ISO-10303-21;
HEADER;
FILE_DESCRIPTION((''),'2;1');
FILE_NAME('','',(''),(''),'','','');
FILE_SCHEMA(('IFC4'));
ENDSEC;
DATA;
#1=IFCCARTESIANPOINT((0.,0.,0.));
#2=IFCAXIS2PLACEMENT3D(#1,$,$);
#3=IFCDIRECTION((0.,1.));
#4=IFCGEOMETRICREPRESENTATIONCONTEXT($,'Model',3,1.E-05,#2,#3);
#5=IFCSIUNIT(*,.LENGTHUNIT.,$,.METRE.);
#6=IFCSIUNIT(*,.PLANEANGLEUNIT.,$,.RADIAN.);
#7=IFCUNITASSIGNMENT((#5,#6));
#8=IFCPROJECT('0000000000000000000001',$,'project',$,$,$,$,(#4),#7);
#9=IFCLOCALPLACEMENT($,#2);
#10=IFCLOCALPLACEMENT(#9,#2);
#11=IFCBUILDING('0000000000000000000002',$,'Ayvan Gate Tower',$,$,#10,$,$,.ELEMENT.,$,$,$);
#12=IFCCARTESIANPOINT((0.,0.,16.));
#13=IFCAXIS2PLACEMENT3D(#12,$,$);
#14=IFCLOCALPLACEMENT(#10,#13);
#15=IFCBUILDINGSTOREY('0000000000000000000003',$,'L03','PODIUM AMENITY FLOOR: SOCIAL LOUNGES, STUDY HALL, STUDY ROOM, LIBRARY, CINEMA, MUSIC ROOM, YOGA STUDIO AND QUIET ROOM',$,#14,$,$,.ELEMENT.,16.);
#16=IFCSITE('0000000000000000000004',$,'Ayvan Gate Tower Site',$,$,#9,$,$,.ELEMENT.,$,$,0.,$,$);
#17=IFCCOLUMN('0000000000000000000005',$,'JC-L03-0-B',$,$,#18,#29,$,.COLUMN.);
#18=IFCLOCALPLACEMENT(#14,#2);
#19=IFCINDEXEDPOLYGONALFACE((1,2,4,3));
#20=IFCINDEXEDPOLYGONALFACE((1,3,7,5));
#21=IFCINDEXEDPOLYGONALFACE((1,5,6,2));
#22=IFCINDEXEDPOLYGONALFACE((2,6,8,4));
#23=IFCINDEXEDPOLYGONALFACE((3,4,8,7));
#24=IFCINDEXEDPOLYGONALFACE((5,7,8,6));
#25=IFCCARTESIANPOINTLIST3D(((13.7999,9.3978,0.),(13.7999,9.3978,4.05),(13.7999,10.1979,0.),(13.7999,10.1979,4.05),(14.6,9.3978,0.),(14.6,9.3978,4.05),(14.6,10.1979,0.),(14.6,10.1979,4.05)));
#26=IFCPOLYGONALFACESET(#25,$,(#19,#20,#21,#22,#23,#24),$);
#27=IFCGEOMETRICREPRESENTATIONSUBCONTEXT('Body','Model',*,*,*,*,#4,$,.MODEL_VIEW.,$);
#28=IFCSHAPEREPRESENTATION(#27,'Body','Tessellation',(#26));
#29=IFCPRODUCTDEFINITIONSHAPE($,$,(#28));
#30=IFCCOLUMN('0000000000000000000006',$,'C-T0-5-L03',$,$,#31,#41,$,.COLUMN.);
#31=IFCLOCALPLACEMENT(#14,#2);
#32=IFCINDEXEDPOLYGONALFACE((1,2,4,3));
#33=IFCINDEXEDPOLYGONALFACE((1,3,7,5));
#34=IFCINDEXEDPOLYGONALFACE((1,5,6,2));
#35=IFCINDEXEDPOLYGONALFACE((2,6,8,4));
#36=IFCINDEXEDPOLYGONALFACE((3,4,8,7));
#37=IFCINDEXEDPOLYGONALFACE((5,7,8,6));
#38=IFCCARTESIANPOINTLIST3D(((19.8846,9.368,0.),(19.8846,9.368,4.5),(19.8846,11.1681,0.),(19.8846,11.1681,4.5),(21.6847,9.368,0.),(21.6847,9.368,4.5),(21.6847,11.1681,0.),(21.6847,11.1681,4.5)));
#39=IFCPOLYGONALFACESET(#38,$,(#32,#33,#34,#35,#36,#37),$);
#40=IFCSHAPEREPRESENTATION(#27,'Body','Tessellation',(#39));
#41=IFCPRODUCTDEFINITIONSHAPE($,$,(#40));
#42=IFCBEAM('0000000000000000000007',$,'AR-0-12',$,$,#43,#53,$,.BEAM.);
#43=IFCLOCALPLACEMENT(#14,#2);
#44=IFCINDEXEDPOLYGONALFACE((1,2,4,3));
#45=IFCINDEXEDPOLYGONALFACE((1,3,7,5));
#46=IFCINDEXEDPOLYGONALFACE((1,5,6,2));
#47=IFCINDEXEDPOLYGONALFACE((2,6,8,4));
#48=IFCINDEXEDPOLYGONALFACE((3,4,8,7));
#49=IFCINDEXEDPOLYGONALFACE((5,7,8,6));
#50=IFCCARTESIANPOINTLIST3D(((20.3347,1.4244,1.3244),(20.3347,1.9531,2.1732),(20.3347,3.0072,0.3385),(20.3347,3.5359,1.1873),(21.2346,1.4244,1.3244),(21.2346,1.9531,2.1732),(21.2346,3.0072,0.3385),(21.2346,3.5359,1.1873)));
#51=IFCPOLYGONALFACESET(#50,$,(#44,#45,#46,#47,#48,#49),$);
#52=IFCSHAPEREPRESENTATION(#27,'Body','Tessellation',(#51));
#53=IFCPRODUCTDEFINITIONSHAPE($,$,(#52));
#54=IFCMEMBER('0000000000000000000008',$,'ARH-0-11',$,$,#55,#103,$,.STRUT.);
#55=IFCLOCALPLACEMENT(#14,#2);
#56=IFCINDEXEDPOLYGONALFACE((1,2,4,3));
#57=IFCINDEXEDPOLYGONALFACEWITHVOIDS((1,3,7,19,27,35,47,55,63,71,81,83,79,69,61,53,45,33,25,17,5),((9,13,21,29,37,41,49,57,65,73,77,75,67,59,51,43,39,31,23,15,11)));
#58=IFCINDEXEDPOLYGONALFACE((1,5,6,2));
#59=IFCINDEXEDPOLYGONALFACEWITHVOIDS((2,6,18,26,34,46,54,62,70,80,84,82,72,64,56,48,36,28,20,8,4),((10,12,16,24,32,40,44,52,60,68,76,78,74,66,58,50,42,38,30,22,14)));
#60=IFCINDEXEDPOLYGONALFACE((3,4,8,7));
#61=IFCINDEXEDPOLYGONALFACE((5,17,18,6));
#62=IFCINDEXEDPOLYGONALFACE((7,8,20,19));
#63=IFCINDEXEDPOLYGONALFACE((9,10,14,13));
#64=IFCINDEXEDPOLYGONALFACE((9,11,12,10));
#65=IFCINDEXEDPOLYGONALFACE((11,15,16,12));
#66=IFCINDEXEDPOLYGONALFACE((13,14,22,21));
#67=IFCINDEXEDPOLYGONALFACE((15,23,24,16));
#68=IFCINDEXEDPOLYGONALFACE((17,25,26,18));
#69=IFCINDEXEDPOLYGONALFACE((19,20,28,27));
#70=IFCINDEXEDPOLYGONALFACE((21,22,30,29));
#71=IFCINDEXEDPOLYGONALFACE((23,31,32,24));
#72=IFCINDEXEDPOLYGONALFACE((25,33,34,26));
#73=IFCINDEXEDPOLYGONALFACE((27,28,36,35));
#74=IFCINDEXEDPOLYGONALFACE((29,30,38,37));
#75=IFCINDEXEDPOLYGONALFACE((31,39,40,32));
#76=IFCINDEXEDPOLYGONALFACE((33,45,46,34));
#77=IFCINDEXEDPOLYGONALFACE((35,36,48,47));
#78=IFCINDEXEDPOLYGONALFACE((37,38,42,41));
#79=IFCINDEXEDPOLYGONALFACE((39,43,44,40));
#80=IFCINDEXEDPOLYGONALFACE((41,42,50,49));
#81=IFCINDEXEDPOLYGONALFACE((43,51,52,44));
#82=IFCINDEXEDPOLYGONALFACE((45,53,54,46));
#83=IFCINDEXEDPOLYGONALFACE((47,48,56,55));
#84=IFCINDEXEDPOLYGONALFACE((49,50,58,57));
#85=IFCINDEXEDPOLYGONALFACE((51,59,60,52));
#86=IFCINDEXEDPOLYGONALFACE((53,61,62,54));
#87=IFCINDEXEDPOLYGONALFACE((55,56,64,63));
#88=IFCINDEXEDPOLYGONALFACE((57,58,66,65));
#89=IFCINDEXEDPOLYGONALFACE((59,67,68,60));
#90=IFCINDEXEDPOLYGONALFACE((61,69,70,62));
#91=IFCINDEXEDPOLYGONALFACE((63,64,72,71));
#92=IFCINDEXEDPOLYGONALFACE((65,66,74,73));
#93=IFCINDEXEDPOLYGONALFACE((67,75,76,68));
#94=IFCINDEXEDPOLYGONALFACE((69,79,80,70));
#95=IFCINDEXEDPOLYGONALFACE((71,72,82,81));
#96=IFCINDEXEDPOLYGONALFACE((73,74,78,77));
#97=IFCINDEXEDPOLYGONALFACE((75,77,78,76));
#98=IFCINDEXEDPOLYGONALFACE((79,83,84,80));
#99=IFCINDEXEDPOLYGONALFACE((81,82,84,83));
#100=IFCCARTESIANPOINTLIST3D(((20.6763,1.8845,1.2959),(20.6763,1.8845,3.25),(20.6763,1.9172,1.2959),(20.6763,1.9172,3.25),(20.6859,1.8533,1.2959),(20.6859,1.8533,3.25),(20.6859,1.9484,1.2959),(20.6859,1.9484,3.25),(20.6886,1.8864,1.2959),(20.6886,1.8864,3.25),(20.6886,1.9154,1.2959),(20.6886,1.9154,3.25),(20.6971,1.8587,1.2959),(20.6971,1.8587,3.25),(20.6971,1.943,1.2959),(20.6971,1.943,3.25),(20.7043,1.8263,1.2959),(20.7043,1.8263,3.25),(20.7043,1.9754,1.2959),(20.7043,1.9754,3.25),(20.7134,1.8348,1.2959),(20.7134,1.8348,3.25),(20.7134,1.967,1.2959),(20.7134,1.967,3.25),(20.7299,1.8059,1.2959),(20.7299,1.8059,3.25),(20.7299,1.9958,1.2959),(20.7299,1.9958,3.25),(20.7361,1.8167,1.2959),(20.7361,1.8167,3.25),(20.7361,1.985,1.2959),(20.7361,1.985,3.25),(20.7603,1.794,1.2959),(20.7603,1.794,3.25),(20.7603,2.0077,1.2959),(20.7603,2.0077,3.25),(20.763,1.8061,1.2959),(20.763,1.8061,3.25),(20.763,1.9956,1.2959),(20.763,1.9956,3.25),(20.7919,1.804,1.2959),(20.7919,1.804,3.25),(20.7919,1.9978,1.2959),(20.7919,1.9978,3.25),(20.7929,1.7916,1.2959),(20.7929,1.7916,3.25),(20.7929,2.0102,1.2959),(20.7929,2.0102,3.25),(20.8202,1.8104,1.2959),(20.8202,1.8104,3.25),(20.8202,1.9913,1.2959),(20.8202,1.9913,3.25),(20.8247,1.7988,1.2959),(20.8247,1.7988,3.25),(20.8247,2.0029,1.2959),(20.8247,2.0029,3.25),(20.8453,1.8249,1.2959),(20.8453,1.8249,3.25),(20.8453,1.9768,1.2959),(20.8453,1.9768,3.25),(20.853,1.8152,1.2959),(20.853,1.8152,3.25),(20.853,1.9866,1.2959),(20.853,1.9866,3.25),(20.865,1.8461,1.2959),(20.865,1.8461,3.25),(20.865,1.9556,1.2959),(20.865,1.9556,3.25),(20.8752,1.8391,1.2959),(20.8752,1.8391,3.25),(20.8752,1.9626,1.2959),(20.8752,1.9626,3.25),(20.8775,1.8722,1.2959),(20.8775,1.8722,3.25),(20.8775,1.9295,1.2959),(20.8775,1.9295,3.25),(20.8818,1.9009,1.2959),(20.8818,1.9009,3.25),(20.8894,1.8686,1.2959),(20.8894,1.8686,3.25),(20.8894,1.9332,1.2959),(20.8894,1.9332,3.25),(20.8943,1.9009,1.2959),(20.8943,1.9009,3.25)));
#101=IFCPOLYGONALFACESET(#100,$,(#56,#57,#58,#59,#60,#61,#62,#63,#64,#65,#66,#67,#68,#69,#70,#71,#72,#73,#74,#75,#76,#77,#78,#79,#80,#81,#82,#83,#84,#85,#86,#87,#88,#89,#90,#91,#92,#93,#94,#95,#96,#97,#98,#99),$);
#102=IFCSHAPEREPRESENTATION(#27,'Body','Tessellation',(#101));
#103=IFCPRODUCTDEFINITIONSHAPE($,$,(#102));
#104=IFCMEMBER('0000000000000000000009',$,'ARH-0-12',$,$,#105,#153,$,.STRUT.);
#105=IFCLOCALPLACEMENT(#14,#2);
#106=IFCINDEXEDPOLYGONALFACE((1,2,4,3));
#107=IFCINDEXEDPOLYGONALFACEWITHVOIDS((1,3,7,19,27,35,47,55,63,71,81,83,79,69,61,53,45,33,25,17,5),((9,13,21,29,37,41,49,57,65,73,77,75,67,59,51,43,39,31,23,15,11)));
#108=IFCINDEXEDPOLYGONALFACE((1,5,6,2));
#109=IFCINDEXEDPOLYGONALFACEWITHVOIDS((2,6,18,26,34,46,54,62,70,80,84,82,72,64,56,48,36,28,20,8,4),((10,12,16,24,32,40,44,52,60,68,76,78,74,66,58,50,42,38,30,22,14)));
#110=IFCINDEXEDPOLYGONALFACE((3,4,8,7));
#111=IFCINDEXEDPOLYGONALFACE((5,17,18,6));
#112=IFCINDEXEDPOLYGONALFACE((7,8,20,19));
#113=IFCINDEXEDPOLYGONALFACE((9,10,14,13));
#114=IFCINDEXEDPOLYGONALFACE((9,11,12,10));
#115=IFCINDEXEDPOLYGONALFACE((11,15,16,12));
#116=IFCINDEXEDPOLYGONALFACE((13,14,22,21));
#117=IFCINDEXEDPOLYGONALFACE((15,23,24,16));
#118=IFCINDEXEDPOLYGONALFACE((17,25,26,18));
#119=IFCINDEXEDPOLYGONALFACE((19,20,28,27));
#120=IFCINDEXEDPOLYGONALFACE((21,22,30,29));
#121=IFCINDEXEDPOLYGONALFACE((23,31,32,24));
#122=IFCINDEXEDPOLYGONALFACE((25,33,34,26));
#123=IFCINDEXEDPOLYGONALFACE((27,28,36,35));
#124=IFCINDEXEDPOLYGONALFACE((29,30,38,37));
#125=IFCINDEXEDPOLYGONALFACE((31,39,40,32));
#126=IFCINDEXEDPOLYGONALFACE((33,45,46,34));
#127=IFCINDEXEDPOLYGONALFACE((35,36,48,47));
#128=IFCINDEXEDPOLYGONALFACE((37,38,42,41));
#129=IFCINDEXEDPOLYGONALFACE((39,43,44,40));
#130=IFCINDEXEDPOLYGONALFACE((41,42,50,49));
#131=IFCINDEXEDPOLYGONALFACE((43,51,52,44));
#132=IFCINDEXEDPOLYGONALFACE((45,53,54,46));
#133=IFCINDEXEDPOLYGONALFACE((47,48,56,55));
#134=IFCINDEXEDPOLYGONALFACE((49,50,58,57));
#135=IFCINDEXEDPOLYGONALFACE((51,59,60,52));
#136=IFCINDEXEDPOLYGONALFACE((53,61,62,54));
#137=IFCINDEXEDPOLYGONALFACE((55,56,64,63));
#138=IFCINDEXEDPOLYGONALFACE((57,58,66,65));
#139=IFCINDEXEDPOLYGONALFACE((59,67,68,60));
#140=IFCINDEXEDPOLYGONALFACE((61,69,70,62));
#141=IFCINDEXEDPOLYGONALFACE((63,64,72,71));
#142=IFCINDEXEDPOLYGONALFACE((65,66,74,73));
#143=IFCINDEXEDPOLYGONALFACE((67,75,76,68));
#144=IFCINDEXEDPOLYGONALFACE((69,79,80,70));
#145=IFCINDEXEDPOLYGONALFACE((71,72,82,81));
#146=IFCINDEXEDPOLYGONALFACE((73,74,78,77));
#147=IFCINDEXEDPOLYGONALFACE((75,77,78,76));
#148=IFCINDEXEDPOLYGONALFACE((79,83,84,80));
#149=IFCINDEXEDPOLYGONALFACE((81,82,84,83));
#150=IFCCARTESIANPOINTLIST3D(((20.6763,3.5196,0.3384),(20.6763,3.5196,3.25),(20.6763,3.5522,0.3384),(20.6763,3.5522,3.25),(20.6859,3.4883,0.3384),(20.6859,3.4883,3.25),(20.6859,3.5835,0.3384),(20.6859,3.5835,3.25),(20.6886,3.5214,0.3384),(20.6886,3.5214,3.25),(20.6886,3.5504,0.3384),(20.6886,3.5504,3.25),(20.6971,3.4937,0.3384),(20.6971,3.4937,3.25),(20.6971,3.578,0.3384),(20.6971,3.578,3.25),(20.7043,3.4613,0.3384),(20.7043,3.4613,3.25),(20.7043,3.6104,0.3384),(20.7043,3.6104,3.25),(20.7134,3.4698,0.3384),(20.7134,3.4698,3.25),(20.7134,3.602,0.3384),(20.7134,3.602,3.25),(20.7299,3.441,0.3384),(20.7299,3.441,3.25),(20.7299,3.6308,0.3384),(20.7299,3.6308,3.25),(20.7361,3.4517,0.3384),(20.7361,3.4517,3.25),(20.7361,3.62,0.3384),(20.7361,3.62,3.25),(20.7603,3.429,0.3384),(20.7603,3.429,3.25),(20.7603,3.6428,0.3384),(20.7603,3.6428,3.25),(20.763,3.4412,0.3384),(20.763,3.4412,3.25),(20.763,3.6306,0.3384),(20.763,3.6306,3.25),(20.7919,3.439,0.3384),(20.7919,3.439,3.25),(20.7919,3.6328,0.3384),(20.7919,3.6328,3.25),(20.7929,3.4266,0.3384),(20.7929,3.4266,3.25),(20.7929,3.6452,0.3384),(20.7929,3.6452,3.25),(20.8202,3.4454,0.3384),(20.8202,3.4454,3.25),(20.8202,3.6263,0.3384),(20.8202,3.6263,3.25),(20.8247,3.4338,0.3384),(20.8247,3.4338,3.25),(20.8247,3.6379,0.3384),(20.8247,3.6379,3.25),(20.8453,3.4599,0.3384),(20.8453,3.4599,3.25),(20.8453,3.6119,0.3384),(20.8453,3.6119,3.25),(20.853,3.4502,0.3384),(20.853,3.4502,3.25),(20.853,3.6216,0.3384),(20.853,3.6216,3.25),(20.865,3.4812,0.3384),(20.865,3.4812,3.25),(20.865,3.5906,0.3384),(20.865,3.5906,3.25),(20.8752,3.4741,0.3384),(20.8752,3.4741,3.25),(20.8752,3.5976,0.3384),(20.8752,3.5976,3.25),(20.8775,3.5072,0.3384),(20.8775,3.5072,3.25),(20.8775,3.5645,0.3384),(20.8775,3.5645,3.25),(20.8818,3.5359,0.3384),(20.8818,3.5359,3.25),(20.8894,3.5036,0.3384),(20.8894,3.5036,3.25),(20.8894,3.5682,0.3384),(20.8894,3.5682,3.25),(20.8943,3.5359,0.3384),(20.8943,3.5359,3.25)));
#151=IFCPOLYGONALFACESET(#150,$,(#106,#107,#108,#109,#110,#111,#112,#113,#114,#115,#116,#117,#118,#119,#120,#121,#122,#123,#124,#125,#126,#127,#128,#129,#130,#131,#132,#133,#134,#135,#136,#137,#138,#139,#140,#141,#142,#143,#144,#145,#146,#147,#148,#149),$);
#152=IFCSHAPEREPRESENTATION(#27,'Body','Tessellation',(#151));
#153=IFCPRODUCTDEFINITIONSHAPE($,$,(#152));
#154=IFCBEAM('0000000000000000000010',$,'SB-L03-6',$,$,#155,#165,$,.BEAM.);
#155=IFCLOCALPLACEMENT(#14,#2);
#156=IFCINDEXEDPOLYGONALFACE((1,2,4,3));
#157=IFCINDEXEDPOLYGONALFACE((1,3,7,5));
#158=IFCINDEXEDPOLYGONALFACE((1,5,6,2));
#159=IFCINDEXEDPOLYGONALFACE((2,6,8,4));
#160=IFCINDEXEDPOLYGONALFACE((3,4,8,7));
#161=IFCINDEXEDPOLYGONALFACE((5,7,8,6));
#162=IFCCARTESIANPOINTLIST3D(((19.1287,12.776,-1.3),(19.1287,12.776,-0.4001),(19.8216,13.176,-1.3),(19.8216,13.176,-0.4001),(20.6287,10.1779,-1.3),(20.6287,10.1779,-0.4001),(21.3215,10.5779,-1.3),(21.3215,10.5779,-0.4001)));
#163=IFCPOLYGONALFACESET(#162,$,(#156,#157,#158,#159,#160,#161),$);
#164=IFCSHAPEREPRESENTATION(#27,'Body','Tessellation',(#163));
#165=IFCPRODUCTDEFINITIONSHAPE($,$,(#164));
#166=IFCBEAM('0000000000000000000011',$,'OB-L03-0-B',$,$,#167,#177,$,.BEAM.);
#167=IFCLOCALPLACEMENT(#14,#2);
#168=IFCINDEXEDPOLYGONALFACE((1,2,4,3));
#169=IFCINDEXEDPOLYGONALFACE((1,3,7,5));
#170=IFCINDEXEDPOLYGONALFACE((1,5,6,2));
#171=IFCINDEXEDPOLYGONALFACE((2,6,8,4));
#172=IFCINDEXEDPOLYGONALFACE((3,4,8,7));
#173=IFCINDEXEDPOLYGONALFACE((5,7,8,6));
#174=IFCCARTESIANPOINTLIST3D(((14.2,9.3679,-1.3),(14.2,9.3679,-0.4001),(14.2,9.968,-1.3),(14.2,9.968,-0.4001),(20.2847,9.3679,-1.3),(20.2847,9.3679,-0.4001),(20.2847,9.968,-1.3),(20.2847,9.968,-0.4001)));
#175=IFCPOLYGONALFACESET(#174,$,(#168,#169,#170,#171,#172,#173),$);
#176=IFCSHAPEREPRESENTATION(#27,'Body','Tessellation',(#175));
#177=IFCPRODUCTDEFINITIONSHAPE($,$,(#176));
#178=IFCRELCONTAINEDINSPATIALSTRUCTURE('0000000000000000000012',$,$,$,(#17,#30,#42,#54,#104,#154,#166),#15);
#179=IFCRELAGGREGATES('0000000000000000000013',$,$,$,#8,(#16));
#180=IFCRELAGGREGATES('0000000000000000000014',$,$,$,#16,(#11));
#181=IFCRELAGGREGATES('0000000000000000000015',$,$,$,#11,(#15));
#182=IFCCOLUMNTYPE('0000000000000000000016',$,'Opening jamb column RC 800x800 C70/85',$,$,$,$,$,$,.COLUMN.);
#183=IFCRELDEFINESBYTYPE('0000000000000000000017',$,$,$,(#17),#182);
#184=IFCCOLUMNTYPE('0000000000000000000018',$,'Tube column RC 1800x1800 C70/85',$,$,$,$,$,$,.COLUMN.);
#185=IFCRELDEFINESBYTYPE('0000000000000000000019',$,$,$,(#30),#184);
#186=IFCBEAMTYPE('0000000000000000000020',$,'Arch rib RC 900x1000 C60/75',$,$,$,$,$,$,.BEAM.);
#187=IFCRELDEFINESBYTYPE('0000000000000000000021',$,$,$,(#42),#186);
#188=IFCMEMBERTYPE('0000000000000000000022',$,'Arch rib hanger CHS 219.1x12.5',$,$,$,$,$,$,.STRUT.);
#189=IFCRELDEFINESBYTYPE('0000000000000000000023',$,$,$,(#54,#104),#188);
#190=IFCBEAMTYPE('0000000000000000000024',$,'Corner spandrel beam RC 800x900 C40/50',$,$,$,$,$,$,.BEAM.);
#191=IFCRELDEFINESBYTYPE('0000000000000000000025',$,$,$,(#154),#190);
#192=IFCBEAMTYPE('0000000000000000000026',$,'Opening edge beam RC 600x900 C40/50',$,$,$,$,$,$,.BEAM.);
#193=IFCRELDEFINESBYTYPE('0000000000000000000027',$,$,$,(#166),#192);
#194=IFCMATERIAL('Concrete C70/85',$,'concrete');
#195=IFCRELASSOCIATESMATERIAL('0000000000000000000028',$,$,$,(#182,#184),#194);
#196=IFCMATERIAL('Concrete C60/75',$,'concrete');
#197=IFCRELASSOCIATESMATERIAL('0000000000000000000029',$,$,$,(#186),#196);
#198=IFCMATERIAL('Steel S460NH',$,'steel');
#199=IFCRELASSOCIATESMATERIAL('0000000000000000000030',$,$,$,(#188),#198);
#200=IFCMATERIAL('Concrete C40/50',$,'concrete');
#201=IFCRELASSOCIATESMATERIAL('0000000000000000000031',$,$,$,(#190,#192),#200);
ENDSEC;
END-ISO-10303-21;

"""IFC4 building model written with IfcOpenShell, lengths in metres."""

from ifc_helpers import new_model, si_unit, direction, frame, origin, origin_2d, place, context, subcontext, project, spatial, rectangle, hollow_circle, extrude, material, material_profile, profile_set, type_object, element, save


model = new_model("IFC4")

# Units and contexts
model_context = context("Model", 3, precision=1e-05, world=origin(), true_north=direction((0.0, 1.0)))
body_context = subcontext(model_context, "Body", "Model", "MODEL_VIEW")
ifc_project = project(units=[si_unit("LENGTHUNIT", "METRE"), si_unit("PLANEANGLEUNIT", "RADIAN")], contexts=[model_context])

# Site, building, storey
site_placement = place(None, origin())
site = spatial("IfcSite", under=ifc_project, at=site_placement, Name="Ayvan Gate Tower Site", CompositionType="ELEMENT", RefElevation=0.0)
building_placement = place(site_placement, origin())
building = spatial("IfcBuilding", under=site, at=building_placement, Name="Ayvan Gate Tower", CompositionType="ELEMENT")
storey_placement = place(building_placement, frame((0.0, 0.0, 16.0)))
storey = spatial("IfcBuildingStorey", under=building, at=storey_placement, Name="L03", Description="PODIUM AMENITY FLOOR: SOCIAL LOUNGES, STUDY HALL, STUDY ROOM, LIBRARY, CINEMA, MUSIC ROOM, YOGA STUDIO AND QUIET ROOM", CompositionType="ELEMENT", Elevation=16.0)

# Columns
ifc_material_1 = material(Name="Concrete C70/85", Category="concrete")
ifc_material_profile_1 = material_profile(ifc_material_1, rectangle(XDim=0.8, YDim=0.8, at=origin_2d()), Name="RC 800x800")
ifc_profile_set_1 = profile_set([ifc_material_profile_1], Name="Concrete C70/85")
column_type_1 = type_object("IfcColumnType", Name="Opening jamb column RC 800x800 C70/85", PredefinedType="COLUMN", material=ifc_profile_set_1)
column_1_placement = place(storey_placement, frame((14.2, 9.7979, 0.0), z_axis=(0.0, 0.0, 1.0), x_axis=(1.0, 0.0, 0.0)))
element("IfcColumn", 1, at=column_1_placement, inside=storey, type_object=column_type_1, Name="JC-L03-0-B", PredefinedType="COLUMN", context=body_context, shape_type="SweptSolid", body=[
    extrude(rectangle(XDim=0.8, YDim=0.8, at=origin_2d()), origin(), (0.0, 0.0, 1.0), 4.05),
])
ifc_material_profile_2 = material_profile(ifc_material_1, rectangle(XDim=1.8, YDim=1.8, at=origin_2d()), Name="RC 1800x1800")
ifc_profile_set_2 = profile_set([ifc_material_profile_2], Name="Concrete C70/85")
column_type_2 = type_object("IfcColumnType", Name="Tube column RC 1800x1800 C70/85", PredefinedType="COLUMN", material=ifc_profile_set_2)
column_2_placement = place(storey_placement, frame((20.7847, 10.2681, 0.0), z_axis=(0.0, 0.0, 1.0), x_axis=(1.0, 0.0, 0.0)))
element("IfcColumn", 2, at=column_2_placement, inside=storey, type_object=column_type_2, Name="C-T0-5-L03", PredefinedType="COLUMN", context=body_context, shape_type="SweptSolid", body=[
    extrude(rectangle(XDim=1.8, YDim=1.8, at=origin_2d()), origin(), (0.0, 0.0, 1.0), 4.5),
])

# Beam
ifc_material_2 = material(Name="Concrete C60/75", Category="concrete")
ifc_material_profile_3 = material_profile(ifc_material_2, rectangle(XDim=0.8999, YDim=1.0, at=origin_2d()), Name="RC 900x1000")
ifc_profile_set_3 = profile_set([ifc_material_profile_3], Name="Concrete C60/75")
beam_type_1 = type_object("IfcBeamType", Name="Arch rib RC 900x1000 C60/75", PredefinedType="BEAM", material=ifc_profile_set_3)
beam_1_placement = place(storey_placement, frame((20.7847, 1.6887, 1.7488), z_axis=(0.0, 0.848814, -0.528692), x_axis=(-1.0, 0.0, 0.0)))
element("IfcBeam", 3, at=beam_1_placement, inside=storey, type_object=beam_type_1, Name="AR-0-12", PredefinedType="BEAM", context=body_context, shape_type="SweptSolid", body=[
    extrude(rectangle(XDim=0.8999, YDim=1.0, at=origin_2d()), origin(), (0.0, 0.0, 1.0), 1.8647),
])

# Members
ifc_material_3 = material(Name="Steel S460NH", Category="steel")
ifc_material_profile_4 = material_profile(ifc_material_3, hollow_circle(Radius=0.1096, WallThickness=0.0125, at=origin_2d()), Name="CHS 219.1x12.5")
ifc_profile_set_4 = profile_set([ifc_material_profile_4], Name="Steel S460NH")
member_type = type_object("IfcMemberType", Name="Arch rib hanger CHS 219.1x12.5", PredefinedType="STRUT", material=ifc_profile_set_4)
member_1_placement = place(storey_placement, frame((20.7847, 1.9009, 1.2959), z_axis=(0.0, 0.0, 1.0), x_axis=(1.0, 0.0, 0.0)))
element("IfcMember", 4, at=member_1_placement, inside=storey, type_object=member_type, Name="ARH-0-11", PredefinedType="STRUT", context=body_context, shape_type="SweptSolid", body=[
    extrude(hollow_circle(Radius=0.1096, WallThickness=0.0125, at=origin_2d()), origin(), (0.0, 0.0, 1.0), 1.9541),
])
member_2_placement = place(storey_placement, frame((20.7847, 3.5359, 0.3384), z_axis=(0.0, 0.0, 1.0), x_axis=(1.0, 0.0, 0.0)))
element("IfcMember", 5, at=member_2_placement, inside=storey, type_object=member_type, Name="ARH-0-12", PredefinedType="STRUT", context=body_context, shape_type="SweptSolid", body=[
    extrude(hollow_circle(Radius=0.1096, WallThickness=0.0125, at=origin_2d()), origin(), (0.0, 0.0, 1.0), 2.9116),
])

# Beams
ifc_material_4 = material(Name="Concrete C40/50", Category="concrete")
ifc_material_profile_5 = material_profile(ifc_material_4, rectangle(XDim=0.8, YDim=0.8999, at=origin_2d()), Name="RC 800x900")
ifc_profile_set_5 = profile_set([ifc_material_profile_5], Name="Concrete C40/50")
beam_type_2 = type_object("IfcBeamType", Name="Corner spandrel beam RC 800x900 C40/50", PredefinedType="BEAM", material=ifc_profile_set_5)
beam_2_placement = place(storey_placement, frame((20.9751, 10.3779, -0.8501), z_axis=(-0.49999, 0.866031, 0.0), x_axis=(-0.866031, -0.49999, 0.0)))
element("IfcBeam", 6, at=beam_2_placement, inside=storey, type_object=beam_type_2, Name="SB-L03-6", PredefinedType="BEAM", context=body_context, shape_type="SweptSolid", body=[
    extrude(rectangle(XDim=0.8, YDim=0.8999, at=origin_2d()), origin(), (0.0, 0.0, 1.0), 3.0),
])
ifc_material_profile_6 = material_profile(ifc_material_4, rectangle(XDim=0.6001, YDim=0.8999, at=origin_2d()), Name="RC 600x900")
ifc_profile_set_6 = profile_set([ifc_material_profile_6], Name="Concrete C40/50")
beam_type_3 = type_object("IfcBeamType", Name="Opening edge beam RC 600x900 C40/50", PredefinedType="BEAM", material=ifc_profile_set_6)
beam_3_placement = place(storey_placement, frame((20.2847, 9.668, -0.8501), z_axis=(-1.0, 0.0, 0.0), x_axis=(0.0, -1.0, 0.0)))
element("IfcBeam", 7, at=beam_3_placement, inside=storey, type_object=beam_type_3, Name="OB-L03-0-B", PredefinedType="BEAM", context=body_context, shape_type="SweptSolid", body=[
    extrude(rectangle(XDim=0.6001, YDim=0.8999, at=origin_2d()), origin(), (0.0, 0.0, 1.0), 6.0847),
])

save(model, "model.ifc")
